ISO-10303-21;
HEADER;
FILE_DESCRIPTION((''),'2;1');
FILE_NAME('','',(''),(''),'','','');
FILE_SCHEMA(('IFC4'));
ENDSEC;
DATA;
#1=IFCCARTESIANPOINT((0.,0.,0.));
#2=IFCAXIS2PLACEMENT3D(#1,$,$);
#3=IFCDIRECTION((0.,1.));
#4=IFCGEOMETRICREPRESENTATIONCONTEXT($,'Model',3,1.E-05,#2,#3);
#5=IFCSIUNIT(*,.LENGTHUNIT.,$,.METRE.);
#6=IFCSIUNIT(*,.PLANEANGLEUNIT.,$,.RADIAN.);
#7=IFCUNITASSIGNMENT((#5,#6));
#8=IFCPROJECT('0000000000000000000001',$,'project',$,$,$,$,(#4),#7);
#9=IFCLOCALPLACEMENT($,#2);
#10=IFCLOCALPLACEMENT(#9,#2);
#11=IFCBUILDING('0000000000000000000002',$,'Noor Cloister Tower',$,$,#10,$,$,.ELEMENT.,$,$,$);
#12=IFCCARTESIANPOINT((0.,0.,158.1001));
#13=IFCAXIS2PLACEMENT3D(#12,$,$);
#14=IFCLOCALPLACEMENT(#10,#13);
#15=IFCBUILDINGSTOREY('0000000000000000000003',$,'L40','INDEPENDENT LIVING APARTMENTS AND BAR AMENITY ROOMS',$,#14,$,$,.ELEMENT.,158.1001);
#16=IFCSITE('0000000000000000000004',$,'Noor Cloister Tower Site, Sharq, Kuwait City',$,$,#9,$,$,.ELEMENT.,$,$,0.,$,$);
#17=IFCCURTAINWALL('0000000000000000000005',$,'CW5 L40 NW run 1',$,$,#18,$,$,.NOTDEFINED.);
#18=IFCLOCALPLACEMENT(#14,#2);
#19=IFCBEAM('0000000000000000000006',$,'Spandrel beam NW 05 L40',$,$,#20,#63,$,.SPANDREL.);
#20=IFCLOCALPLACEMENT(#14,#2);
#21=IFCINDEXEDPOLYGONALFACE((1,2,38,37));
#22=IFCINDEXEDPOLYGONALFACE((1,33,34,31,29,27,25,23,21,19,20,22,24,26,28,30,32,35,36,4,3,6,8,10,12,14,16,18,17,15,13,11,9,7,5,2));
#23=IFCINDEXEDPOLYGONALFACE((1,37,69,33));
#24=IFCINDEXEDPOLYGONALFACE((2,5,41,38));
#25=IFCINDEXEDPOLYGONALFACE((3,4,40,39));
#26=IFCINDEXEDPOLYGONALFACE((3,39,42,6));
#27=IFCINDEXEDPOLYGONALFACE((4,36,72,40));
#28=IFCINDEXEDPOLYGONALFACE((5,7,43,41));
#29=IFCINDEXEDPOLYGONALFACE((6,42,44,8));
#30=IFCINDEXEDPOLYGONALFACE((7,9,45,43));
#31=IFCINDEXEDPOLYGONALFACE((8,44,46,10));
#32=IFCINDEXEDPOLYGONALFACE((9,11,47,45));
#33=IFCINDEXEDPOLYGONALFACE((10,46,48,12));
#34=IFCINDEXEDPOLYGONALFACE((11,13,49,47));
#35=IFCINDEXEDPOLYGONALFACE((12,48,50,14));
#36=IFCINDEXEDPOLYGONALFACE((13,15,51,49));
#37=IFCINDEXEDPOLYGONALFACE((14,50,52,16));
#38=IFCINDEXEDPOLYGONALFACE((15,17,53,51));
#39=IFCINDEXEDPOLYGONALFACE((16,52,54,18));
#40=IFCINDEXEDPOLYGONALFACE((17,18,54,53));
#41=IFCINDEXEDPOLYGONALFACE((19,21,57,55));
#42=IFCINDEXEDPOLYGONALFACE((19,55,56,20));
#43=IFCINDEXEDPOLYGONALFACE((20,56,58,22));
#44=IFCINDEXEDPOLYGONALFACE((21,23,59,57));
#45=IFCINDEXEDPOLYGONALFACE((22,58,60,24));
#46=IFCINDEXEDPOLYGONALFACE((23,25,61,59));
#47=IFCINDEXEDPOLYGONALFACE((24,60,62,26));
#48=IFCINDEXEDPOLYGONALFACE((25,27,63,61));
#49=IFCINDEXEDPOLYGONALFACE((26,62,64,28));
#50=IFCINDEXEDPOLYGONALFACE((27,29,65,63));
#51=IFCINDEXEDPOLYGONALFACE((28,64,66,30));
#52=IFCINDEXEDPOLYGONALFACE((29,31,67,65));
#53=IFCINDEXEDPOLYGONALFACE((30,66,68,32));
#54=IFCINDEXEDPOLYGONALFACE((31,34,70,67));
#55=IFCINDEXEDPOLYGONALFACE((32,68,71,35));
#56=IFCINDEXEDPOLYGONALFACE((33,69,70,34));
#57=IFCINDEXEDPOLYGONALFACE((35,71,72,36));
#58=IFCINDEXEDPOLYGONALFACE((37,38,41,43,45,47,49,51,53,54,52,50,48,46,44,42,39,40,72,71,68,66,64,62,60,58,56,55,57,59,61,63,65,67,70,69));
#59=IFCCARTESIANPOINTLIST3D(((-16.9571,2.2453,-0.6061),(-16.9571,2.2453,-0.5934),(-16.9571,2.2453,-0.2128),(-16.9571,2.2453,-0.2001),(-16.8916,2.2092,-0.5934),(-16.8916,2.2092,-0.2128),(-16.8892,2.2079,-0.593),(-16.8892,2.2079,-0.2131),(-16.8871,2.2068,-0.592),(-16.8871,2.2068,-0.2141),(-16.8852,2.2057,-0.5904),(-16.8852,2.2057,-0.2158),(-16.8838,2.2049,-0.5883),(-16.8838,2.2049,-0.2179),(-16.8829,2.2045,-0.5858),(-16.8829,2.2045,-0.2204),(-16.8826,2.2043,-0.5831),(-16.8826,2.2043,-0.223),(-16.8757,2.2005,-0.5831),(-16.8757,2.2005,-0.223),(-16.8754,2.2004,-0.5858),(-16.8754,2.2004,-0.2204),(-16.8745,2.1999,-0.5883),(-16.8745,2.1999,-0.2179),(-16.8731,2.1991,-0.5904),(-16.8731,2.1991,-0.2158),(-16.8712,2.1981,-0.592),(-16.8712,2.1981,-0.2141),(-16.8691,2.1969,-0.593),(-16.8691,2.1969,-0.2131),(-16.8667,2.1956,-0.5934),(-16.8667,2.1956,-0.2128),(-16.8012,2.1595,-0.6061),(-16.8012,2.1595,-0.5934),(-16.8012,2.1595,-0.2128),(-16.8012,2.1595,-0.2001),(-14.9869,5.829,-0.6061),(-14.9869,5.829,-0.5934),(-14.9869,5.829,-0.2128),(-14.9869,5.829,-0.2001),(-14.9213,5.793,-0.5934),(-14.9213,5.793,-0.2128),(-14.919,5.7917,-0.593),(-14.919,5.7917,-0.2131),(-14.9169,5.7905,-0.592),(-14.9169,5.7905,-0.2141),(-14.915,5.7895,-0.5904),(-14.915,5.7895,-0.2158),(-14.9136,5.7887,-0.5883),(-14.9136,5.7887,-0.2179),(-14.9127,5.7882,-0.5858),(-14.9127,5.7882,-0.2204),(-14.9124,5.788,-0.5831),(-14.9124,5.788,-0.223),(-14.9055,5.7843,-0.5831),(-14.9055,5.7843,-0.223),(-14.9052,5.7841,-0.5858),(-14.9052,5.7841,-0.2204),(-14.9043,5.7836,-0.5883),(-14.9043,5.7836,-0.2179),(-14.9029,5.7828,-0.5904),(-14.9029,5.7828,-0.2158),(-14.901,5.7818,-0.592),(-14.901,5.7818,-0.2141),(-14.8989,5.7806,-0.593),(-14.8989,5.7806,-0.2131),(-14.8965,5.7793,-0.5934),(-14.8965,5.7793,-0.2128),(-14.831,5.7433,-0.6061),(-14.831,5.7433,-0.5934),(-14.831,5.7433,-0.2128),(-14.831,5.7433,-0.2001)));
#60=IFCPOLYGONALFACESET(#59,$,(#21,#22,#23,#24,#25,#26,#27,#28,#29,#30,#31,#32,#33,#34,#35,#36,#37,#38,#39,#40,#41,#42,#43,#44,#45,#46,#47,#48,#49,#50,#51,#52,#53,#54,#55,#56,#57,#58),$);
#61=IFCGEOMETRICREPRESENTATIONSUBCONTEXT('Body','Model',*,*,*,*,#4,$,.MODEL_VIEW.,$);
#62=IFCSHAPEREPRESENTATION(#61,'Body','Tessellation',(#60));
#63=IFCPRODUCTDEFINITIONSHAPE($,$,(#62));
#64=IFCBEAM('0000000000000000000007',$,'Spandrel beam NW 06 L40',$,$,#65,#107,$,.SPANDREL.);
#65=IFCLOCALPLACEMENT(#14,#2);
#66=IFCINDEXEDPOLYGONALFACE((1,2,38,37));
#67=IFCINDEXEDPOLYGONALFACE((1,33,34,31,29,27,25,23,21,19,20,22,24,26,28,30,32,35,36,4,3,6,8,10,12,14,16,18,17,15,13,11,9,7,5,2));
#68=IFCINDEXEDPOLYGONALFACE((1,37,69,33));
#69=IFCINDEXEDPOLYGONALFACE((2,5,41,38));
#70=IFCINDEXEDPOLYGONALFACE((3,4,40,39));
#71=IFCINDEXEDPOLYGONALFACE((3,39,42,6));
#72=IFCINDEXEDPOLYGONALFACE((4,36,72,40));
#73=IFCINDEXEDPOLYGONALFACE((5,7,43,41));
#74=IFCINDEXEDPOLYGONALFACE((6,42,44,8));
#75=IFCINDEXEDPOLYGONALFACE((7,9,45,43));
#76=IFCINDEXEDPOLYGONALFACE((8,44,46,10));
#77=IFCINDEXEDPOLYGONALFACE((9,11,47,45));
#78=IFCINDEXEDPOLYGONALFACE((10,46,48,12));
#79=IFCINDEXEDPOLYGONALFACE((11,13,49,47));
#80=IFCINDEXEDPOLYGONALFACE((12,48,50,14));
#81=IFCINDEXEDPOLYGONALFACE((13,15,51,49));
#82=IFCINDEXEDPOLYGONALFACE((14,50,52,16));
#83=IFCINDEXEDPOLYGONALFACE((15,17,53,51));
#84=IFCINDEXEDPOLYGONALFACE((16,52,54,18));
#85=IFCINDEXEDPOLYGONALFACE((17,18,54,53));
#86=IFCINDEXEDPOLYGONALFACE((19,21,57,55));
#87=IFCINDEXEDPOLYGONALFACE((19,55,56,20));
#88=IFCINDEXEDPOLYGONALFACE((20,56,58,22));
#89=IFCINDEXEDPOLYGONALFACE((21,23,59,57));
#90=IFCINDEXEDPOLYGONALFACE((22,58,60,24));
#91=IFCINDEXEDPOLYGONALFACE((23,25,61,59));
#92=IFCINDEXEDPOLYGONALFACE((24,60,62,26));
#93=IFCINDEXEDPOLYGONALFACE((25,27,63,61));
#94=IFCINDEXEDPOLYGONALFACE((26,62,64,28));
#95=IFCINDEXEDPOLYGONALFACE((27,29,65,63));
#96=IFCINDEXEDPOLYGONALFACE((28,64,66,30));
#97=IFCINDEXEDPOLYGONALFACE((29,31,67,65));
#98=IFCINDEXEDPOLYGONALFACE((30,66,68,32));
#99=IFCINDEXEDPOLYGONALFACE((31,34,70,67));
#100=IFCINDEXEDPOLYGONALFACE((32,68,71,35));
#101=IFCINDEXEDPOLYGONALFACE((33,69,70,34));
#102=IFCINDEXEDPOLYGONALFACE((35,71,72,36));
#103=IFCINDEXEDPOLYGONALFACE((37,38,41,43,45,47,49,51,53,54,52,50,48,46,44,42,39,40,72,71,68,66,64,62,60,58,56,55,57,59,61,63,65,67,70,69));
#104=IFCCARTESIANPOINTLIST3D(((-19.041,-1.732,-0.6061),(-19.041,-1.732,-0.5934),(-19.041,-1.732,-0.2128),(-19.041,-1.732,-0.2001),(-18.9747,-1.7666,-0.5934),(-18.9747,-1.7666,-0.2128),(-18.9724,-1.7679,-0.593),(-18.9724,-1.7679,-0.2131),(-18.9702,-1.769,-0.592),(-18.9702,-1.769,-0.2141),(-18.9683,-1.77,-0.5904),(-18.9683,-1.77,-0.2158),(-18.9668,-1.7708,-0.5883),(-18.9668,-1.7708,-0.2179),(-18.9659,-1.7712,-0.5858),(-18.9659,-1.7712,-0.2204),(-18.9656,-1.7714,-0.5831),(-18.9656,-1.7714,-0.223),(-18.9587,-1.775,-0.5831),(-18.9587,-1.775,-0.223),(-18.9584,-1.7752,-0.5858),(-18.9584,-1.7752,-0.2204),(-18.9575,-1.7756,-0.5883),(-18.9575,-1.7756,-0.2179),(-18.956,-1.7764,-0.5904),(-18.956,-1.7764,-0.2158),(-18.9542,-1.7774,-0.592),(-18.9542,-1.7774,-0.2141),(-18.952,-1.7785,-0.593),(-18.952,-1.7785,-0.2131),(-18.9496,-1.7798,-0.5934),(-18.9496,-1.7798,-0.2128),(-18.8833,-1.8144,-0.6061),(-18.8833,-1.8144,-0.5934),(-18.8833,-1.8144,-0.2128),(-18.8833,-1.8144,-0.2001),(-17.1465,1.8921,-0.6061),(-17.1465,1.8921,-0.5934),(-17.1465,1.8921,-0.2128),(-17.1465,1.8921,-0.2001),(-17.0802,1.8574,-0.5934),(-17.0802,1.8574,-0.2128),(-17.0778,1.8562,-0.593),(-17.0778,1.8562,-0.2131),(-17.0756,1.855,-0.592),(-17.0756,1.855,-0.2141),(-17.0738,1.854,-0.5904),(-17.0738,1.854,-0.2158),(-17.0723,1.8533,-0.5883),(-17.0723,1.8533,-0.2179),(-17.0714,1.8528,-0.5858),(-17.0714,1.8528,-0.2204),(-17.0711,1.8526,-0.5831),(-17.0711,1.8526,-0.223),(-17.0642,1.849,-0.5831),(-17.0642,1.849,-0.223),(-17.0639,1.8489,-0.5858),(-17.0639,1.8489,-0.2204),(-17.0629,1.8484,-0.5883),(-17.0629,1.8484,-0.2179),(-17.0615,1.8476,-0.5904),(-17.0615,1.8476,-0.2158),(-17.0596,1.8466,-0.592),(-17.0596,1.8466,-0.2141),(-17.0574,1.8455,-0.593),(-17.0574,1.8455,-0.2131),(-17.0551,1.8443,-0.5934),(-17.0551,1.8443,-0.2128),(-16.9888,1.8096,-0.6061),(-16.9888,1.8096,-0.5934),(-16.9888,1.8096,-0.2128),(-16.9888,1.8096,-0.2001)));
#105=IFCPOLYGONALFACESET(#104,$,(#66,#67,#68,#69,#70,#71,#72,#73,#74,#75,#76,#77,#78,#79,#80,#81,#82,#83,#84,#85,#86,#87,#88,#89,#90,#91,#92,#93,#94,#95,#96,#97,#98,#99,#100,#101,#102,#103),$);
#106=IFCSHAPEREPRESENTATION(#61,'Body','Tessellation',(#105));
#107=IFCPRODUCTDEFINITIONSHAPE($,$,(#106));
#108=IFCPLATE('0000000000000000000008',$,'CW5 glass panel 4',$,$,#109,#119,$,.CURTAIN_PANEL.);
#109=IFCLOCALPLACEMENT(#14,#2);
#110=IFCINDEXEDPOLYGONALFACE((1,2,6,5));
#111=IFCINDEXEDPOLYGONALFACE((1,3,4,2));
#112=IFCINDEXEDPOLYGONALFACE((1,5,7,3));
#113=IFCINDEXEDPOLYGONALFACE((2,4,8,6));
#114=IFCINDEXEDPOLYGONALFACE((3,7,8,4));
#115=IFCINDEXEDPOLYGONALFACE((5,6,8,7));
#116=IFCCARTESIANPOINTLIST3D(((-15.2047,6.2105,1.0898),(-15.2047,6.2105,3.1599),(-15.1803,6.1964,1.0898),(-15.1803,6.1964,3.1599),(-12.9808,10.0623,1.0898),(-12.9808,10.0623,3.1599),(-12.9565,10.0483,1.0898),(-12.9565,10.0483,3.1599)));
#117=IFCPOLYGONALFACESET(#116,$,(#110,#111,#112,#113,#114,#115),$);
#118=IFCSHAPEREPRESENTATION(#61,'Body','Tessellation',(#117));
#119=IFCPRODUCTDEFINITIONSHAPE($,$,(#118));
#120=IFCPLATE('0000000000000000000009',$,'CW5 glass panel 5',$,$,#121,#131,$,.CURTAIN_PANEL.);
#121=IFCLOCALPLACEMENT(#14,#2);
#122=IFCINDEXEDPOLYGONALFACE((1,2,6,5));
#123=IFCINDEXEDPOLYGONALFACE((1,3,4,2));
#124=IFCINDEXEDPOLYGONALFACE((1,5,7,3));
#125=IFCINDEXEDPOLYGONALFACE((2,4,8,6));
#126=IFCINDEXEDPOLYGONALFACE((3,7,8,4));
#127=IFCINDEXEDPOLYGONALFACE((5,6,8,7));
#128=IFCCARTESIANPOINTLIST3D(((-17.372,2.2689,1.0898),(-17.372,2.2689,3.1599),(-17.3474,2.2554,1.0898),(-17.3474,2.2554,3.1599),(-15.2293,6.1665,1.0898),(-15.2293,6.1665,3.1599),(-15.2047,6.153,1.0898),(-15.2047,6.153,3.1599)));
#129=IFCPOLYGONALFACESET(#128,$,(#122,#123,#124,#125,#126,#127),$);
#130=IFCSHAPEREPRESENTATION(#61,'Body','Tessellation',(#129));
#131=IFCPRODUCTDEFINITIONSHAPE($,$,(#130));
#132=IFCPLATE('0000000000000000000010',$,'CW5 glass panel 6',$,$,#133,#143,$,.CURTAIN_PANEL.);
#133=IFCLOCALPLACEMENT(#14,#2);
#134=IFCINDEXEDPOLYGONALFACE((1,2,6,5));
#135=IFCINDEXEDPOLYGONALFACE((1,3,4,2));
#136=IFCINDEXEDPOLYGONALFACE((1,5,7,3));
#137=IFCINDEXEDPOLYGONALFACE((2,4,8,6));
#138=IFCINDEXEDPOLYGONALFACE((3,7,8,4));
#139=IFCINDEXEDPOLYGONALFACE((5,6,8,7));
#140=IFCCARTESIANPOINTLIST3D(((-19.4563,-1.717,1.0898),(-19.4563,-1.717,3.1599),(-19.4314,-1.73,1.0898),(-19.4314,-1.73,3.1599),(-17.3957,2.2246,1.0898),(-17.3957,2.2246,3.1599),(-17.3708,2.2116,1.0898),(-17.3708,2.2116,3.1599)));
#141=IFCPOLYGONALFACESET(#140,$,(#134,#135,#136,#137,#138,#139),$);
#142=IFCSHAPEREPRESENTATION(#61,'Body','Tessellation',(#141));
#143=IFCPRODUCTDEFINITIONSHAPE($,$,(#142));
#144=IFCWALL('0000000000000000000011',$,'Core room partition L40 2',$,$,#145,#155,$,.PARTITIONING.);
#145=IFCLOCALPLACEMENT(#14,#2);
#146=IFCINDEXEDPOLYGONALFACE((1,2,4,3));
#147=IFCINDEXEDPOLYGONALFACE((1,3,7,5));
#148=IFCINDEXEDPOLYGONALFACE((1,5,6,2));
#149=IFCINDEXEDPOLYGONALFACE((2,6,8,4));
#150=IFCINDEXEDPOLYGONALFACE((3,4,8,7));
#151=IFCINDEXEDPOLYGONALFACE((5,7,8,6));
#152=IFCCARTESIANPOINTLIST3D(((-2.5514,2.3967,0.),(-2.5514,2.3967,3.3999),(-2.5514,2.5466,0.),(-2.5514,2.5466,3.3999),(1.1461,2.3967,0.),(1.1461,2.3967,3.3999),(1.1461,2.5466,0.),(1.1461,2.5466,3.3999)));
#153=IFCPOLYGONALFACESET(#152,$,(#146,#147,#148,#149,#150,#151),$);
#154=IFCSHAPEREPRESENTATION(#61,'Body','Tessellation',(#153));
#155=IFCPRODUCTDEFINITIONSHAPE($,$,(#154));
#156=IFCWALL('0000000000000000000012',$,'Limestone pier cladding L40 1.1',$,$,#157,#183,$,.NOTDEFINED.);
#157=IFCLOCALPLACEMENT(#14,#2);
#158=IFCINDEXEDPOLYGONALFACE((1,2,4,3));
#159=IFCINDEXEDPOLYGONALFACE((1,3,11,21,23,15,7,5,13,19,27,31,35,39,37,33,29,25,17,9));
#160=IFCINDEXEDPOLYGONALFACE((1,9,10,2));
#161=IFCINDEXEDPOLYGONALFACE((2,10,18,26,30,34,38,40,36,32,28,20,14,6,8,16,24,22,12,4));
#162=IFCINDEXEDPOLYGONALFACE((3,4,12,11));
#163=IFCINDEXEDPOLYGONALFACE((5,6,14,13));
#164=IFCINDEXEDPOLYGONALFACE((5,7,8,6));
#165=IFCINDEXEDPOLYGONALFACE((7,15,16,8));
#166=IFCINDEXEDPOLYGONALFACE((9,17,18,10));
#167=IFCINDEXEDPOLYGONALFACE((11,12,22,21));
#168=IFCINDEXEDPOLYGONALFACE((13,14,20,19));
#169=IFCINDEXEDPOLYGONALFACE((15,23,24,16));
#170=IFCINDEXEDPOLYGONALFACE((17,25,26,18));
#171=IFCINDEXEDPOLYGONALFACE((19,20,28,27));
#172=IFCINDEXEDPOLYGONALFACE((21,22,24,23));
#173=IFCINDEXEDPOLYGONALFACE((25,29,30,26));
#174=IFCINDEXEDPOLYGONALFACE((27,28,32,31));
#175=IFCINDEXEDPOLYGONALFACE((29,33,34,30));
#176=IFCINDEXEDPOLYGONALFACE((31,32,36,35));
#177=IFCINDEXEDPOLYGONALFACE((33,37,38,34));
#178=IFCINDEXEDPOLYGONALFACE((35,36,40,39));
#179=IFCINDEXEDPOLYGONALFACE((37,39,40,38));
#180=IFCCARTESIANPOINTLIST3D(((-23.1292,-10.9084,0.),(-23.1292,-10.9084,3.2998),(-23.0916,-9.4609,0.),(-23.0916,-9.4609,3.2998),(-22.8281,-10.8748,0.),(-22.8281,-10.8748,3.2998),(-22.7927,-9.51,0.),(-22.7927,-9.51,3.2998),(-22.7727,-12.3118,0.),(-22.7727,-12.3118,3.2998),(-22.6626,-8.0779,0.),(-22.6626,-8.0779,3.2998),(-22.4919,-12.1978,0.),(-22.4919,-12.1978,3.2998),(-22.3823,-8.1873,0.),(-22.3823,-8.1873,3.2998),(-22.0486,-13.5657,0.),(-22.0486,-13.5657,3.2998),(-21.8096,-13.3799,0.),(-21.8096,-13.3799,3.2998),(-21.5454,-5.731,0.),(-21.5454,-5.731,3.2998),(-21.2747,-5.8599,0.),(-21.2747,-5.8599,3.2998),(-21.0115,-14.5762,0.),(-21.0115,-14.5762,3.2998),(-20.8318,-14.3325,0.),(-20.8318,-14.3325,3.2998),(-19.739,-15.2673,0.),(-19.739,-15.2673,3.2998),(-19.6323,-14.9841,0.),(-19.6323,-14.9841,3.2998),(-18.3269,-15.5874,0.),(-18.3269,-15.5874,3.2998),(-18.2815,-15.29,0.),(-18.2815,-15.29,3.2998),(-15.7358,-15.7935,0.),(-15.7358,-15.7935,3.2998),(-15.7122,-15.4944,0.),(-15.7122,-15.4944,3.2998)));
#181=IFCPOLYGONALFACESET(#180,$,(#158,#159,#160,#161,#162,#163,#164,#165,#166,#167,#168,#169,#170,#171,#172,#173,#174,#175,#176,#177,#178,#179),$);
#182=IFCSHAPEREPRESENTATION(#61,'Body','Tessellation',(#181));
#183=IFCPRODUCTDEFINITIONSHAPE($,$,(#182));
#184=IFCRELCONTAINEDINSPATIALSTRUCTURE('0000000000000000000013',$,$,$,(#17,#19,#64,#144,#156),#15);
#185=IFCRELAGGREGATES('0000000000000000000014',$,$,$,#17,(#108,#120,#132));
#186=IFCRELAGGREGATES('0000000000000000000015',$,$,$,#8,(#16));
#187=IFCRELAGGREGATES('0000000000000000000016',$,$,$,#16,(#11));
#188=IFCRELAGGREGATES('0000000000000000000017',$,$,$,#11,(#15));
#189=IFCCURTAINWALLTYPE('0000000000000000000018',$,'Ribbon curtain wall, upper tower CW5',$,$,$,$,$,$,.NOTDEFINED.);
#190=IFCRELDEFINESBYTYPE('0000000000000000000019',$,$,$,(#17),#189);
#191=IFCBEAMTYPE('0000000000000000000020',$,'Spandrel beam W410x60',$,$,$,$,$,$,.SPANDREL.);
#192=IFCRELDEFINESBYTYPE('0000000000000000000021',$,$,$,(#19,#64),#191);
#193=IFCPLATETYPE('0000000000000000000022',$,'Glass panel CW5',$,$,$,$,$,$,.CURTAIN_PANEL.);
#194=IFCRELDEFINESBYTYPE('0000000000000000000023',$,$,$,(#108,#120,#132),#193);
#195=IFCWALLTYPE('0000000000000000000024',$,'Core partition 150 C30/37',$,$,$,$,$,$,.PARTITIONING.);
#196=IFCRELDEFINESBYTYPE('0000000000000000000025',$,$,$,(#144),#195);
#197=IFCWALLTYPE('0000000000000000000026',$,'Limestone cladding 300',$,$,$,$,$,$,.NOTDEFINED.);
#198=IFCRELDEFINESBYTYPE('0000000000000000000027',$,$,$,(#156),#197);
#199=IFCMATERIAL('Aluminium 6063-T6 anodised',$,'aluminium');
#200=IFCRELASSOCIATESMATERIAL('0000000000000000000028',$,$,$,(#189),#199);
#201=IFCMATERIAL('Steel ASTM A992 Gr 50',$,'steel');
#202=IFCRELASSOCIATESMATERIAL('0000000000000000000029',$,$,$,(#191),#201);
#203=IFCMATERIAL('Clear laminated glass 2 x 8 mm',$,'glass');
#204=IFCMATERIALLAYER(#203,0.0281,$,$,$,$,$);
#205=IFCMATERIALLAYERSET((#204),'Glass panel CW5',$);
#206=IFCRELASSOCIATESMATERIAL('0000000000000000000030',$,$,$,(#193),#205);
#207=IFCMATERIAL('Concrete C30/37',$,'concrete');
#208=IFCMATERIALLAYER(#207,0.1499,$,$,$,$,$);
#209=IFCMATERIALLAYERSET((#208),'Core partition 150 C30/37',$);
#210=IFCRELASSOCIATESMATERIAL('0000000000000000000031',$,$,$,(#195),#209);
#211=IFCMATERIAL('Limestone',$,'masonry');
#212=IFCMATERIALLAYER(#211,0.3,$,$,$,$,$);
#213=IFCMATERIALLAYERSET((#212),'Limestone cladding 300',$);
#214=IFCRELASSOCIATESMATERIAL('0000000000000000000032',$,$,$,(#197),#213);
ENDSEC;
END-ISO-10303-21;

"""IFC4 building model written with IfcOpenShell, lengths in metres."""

from ifc_helpers import new_model, si_unit, direction, frame, frame_2d, origin, origin_2d, place, context, subcontext, project, spatial, polyline, rectangle, i_section, outline, extrude, material, layer, layer_set, material_profile, profile_set, type_object, element, aggregate, save


model = new_model("IFC4")

# Units and contexts
model_context = context("Model", 3, precision=1e-05, world=origin(), true_north=direction((0.0, 1.0)))
body_context = subcontext(model_context, "Body", "Model", "MODEL_VIEW")
ifc_project = project(units=[si_unit("LENGTHUNIT", "METRE"), si_unit("PLANEANGLEUNIT", "RADIAN")], contexts=[model_context])

# Site, building, storey
site_placement = place(None, origin())
site = spatial("IfcSite", under=ifc_project, at=site_placement, Name="Noor Cloister Tower Site, Sharq, Kuwait City", CompositionType="ELEMENT", RefElevation=0.0)
building_placement = place(site_placement, origin())
building = spatial("IfcBuilding", under=site, at=building_placement, Name="Noor Cloister Tower", CompositionType="ELEMENT")
storey_placement = place(building_placement, frame((0.0, 0.0, 158.1001)))
storey = spatial("IfcBuildingStorey", under=building, at=storey_placement, Name="L40", Description="INDEPENDENT LIVING APARTMENTS AND BAR AMENITY ROOMS", CompositionType="ELEMENT", Elevation=158.1001)

# Shared definitions
ifc_material_1 = material(Name="Aluminium 6063-T6 anodised", Category="aluminium")
curtain_wall_type = type_object("IfcCurtainWallType", Name="Ribbon curtain wall, upper tower CW5", PredefinedType="NOTDEFINED", material=ifc_material_1)

# Curtain wall
curtain_wall_1_placement = place(storey_placement, origin())
curtain_wall_1 = element("IfcCurtainWall", 1, at=curtain_wall_1_placement, inside=storey, type_object=curtain_wall_type, Name="CW5 L40 NW run 1", PredefinedType="NOTDEFINED")

# Beams
ifc_material_2 = material(Name="Steel ASTM A992 Gr 50", Category="steel")
ifc_material_profile_1 = material_profile(ifc_material_2, i_section(OverallWidth=0.178, OverallDepth=0.406, WebThickness=0.0078, FlangeThickness=0.0127, FilletRadius=0.0103, at=origin_2d()), Name="W410x60")
ifc_profile_set_1 = profile_set([ifc_material_profile_1], Name="Steel ASTM A992 Gr 50")
beam_type_1 = type_object("IfcBeamType", Name="Spandrel beam W410x60", PredefinedType="SPANDREL", material=ifc_profile_set_1)
beam_1_placement = place(storey_placement, frame((-14.9089, 5.7861, -0.4031), z_axis=(-0.481761, -0.876303, 0.0), x_axis=(0.876303, -0.481761, 0.0)))
element("IfcBeam", 2, at=beam_1_placement, inside=storey, type_object=beam_type_1, Name="Spandrel beam NW 05 L40", PredefinedType="SPANDREL", context=body_context, shape_type="SweptSolid", body=[
    extrude(i_section(OverallWidth=0.178, OverallDepth=0.406, WebThickness=0.0078, FlangeThickness=0.0127, FilletRadius=0.0103, at=origin_2d()), origin(), (0.0, 0.0, 1.0), 4.0896),
])
beam_2_placement = place(storey_placement, frame((-17.0676, 1.8508, -0.4031), z_axis=(-0.463284, -0.88621, 0.0), x_axis=(0.88621, -0.463284, 0.0)))
element("IfcBeam", 3, at=beam_2_placement, inside=storey, type_object=beam_type_1, Name="Spandrel beam NW 06 L40", PredefinedType="SPANDREL", context=body_context, shape_type="SweptSolid", body=[
    extrude(i_section(OverallWidth=0.178, OverallDepth=0.406, WebThickness=0.0078, FlangeThickness=0.0127, FilletRadius=0.0103, at=origin_2d()), origin(), (0.0, 0.0, 1.0), 4.0894),
])

# Plates
ifc_material_3 = material(Name="Clear laminated glass 2 x 8 mm", Category="glass")
ifc_layer_1 = layer(ifc_material_3, 0.0281)
ifc_layer_set_1 = layer_set([ifc_layer_1], Name="Glass panel CW5")
plate_type = type_object("IfcPlateType", Name="Glass panel CW5", PredefinedType="CURTAIN_PANEL", material=ifc_layer_set_1)
plate_1_placement = place(storey_placement, frame((-14.0806, 8.1294, 1.0898), z_axis=(0.0, 0.0, 1.0), x_axis=(-0.5, -0.866025, 0.0)))
plate_1 = element("IfcPlate", 4, at=plate_1_placement, type_object=plate_type, Name="CW5 glass panel 4", PredefinedType="CURTAIN_PANEL", context=body_context, shape_type="SweptSolid", body=[
    extrude(rectangle(XDim=4.4478, YDim=0.0281, at=origin_2d()), origin(), (0.0, 0.0, 1.0), 2.0701),
])
plate_2_placement = place(storey_placement, frame((-16.2883, 4.2109, 1.0898), z_axis=(0.0, 0.0, 1.0), x_axis=(-0.481752, -0.876308, 0.0)))
plate_2 = element("IfcPlate", 5, at=plate_2_placement, type_object=plate_type, Name="CW5 glass panel 5", PredefinedType="CURTAIN_PANEL", context=body_context, shape_type="SweptSolid", body=[
    extrude(rectangle(XDim=4.4478, YDim=0.0281, at=origin_2d()), origin(), (0.0, 0.0, 1.0), 2.0701),
])
plate_3_placement = place(storey_placement, frame((-18.4136, 0.2473, 1.0898), z_axis=(0.0, 0.0, 1.0), x_axis=(-0.463292, -0.886206, 0.0)))
plate_3 = element("IfcPlate", 6, at=plate_3_placement, type_object=plate_type, Name="CW5 glass panel 6", PredefinedType="CURTAIN_PANEL", context=body_context, shape_type="SweptSolid", body=[
    extrude(rectangle(XDim=4.4478, YDim=0.0281, at=origin_2d()), origin(), (0.0, 0.0, 1.0), 2.0701),
])
aggregate(curtain_wall_1, [plate_1, plate_2, plate_3])

# Walls
ifc_material_4 = material(Name="Concrete C30/37", Category="concrete")
ifc_layer_2 = layer(ifc_material_4, 0.1499)
ifc_layer_set_2 = layer_set([ifc_layer_2], Name="Core partition 150 C30/37")
wall_type_1 = type_object("IfcWallType", Name="Core partition 150 C30/37", PredefinedType="PARTITIONING", material=ifc_layer_set_2)
wall_1_placement = place(storey_placement, frame((-2.5513, 2.4717, 0.0), z_axis=(0.0, 0.0, 1.0), x_axis=(1.0, 0.0, 0.0)))
element("IfcWall", 7, at=wall_1_placement, inside=storey, type_object=wall_type_1, Name="Core room partition L40 2", PredefinedType="PARTITIONING", context=body_context, shape_type="SweptSolid", body=[
    extrude(rectangle(XDim=3.6975, YDim=0.1499, at=frame_2d((1.8486, 0.0))), origin(), (0.0, 0.0, 1.0), 3.3999),
])
ifc_material_5 = material(Name="Limestone", Category="masonry")
ifc_layer_3 = layer(ifc_material_5, 0.3)
ifc_layer_set_3 = layer_set([ifc_layer_3], Name="Limestone cladding 300")
wall_type_2 = type_object("IfcWallType", Name="Limestone cladding 300", PredefinedType="NOTDEFINED", material=ifc_layer_set_3)
wall_2_placement = place(storey_placement, origin())
element("IfcWall", 8, at=wall_2_placement, inside=storey, type_object=wall_type_2, Name="Limestone pier cladding L40 1.1", PredefinedType="NOTDEFINED", context=body_context, shape_type="SweptSolid", body=[
    extrude(outline(polyline([(-21.5454, -5.731), (-22.6626, -8.0779), (-23.0916, -9.4609), (-23.1292, -10.9084), (-22.7727, -12.3118), (-22.0486, -13.5657), (-21.0115, -14.5762), (-19.739, -15.2673), (-18.3269, -15.5874), (-15.7358, -15.7935), (-15.7122, -15.4944), (-18.2815, -15.29), (-19.6323, -14.9841), (-20.8318, -14.3325), (-21.8096, -13.3799), (-22.4919, -12.1978), (-22.8281, -10.8748), (-22.7927, -9.51), (-22.3823, -8.1873), (-21.2747, -5.8599), (-21.5454, -5.731)])), origin(), (0.0, 0.0, 1.0), 3.2998),
])

save(model, "model.ifc")
